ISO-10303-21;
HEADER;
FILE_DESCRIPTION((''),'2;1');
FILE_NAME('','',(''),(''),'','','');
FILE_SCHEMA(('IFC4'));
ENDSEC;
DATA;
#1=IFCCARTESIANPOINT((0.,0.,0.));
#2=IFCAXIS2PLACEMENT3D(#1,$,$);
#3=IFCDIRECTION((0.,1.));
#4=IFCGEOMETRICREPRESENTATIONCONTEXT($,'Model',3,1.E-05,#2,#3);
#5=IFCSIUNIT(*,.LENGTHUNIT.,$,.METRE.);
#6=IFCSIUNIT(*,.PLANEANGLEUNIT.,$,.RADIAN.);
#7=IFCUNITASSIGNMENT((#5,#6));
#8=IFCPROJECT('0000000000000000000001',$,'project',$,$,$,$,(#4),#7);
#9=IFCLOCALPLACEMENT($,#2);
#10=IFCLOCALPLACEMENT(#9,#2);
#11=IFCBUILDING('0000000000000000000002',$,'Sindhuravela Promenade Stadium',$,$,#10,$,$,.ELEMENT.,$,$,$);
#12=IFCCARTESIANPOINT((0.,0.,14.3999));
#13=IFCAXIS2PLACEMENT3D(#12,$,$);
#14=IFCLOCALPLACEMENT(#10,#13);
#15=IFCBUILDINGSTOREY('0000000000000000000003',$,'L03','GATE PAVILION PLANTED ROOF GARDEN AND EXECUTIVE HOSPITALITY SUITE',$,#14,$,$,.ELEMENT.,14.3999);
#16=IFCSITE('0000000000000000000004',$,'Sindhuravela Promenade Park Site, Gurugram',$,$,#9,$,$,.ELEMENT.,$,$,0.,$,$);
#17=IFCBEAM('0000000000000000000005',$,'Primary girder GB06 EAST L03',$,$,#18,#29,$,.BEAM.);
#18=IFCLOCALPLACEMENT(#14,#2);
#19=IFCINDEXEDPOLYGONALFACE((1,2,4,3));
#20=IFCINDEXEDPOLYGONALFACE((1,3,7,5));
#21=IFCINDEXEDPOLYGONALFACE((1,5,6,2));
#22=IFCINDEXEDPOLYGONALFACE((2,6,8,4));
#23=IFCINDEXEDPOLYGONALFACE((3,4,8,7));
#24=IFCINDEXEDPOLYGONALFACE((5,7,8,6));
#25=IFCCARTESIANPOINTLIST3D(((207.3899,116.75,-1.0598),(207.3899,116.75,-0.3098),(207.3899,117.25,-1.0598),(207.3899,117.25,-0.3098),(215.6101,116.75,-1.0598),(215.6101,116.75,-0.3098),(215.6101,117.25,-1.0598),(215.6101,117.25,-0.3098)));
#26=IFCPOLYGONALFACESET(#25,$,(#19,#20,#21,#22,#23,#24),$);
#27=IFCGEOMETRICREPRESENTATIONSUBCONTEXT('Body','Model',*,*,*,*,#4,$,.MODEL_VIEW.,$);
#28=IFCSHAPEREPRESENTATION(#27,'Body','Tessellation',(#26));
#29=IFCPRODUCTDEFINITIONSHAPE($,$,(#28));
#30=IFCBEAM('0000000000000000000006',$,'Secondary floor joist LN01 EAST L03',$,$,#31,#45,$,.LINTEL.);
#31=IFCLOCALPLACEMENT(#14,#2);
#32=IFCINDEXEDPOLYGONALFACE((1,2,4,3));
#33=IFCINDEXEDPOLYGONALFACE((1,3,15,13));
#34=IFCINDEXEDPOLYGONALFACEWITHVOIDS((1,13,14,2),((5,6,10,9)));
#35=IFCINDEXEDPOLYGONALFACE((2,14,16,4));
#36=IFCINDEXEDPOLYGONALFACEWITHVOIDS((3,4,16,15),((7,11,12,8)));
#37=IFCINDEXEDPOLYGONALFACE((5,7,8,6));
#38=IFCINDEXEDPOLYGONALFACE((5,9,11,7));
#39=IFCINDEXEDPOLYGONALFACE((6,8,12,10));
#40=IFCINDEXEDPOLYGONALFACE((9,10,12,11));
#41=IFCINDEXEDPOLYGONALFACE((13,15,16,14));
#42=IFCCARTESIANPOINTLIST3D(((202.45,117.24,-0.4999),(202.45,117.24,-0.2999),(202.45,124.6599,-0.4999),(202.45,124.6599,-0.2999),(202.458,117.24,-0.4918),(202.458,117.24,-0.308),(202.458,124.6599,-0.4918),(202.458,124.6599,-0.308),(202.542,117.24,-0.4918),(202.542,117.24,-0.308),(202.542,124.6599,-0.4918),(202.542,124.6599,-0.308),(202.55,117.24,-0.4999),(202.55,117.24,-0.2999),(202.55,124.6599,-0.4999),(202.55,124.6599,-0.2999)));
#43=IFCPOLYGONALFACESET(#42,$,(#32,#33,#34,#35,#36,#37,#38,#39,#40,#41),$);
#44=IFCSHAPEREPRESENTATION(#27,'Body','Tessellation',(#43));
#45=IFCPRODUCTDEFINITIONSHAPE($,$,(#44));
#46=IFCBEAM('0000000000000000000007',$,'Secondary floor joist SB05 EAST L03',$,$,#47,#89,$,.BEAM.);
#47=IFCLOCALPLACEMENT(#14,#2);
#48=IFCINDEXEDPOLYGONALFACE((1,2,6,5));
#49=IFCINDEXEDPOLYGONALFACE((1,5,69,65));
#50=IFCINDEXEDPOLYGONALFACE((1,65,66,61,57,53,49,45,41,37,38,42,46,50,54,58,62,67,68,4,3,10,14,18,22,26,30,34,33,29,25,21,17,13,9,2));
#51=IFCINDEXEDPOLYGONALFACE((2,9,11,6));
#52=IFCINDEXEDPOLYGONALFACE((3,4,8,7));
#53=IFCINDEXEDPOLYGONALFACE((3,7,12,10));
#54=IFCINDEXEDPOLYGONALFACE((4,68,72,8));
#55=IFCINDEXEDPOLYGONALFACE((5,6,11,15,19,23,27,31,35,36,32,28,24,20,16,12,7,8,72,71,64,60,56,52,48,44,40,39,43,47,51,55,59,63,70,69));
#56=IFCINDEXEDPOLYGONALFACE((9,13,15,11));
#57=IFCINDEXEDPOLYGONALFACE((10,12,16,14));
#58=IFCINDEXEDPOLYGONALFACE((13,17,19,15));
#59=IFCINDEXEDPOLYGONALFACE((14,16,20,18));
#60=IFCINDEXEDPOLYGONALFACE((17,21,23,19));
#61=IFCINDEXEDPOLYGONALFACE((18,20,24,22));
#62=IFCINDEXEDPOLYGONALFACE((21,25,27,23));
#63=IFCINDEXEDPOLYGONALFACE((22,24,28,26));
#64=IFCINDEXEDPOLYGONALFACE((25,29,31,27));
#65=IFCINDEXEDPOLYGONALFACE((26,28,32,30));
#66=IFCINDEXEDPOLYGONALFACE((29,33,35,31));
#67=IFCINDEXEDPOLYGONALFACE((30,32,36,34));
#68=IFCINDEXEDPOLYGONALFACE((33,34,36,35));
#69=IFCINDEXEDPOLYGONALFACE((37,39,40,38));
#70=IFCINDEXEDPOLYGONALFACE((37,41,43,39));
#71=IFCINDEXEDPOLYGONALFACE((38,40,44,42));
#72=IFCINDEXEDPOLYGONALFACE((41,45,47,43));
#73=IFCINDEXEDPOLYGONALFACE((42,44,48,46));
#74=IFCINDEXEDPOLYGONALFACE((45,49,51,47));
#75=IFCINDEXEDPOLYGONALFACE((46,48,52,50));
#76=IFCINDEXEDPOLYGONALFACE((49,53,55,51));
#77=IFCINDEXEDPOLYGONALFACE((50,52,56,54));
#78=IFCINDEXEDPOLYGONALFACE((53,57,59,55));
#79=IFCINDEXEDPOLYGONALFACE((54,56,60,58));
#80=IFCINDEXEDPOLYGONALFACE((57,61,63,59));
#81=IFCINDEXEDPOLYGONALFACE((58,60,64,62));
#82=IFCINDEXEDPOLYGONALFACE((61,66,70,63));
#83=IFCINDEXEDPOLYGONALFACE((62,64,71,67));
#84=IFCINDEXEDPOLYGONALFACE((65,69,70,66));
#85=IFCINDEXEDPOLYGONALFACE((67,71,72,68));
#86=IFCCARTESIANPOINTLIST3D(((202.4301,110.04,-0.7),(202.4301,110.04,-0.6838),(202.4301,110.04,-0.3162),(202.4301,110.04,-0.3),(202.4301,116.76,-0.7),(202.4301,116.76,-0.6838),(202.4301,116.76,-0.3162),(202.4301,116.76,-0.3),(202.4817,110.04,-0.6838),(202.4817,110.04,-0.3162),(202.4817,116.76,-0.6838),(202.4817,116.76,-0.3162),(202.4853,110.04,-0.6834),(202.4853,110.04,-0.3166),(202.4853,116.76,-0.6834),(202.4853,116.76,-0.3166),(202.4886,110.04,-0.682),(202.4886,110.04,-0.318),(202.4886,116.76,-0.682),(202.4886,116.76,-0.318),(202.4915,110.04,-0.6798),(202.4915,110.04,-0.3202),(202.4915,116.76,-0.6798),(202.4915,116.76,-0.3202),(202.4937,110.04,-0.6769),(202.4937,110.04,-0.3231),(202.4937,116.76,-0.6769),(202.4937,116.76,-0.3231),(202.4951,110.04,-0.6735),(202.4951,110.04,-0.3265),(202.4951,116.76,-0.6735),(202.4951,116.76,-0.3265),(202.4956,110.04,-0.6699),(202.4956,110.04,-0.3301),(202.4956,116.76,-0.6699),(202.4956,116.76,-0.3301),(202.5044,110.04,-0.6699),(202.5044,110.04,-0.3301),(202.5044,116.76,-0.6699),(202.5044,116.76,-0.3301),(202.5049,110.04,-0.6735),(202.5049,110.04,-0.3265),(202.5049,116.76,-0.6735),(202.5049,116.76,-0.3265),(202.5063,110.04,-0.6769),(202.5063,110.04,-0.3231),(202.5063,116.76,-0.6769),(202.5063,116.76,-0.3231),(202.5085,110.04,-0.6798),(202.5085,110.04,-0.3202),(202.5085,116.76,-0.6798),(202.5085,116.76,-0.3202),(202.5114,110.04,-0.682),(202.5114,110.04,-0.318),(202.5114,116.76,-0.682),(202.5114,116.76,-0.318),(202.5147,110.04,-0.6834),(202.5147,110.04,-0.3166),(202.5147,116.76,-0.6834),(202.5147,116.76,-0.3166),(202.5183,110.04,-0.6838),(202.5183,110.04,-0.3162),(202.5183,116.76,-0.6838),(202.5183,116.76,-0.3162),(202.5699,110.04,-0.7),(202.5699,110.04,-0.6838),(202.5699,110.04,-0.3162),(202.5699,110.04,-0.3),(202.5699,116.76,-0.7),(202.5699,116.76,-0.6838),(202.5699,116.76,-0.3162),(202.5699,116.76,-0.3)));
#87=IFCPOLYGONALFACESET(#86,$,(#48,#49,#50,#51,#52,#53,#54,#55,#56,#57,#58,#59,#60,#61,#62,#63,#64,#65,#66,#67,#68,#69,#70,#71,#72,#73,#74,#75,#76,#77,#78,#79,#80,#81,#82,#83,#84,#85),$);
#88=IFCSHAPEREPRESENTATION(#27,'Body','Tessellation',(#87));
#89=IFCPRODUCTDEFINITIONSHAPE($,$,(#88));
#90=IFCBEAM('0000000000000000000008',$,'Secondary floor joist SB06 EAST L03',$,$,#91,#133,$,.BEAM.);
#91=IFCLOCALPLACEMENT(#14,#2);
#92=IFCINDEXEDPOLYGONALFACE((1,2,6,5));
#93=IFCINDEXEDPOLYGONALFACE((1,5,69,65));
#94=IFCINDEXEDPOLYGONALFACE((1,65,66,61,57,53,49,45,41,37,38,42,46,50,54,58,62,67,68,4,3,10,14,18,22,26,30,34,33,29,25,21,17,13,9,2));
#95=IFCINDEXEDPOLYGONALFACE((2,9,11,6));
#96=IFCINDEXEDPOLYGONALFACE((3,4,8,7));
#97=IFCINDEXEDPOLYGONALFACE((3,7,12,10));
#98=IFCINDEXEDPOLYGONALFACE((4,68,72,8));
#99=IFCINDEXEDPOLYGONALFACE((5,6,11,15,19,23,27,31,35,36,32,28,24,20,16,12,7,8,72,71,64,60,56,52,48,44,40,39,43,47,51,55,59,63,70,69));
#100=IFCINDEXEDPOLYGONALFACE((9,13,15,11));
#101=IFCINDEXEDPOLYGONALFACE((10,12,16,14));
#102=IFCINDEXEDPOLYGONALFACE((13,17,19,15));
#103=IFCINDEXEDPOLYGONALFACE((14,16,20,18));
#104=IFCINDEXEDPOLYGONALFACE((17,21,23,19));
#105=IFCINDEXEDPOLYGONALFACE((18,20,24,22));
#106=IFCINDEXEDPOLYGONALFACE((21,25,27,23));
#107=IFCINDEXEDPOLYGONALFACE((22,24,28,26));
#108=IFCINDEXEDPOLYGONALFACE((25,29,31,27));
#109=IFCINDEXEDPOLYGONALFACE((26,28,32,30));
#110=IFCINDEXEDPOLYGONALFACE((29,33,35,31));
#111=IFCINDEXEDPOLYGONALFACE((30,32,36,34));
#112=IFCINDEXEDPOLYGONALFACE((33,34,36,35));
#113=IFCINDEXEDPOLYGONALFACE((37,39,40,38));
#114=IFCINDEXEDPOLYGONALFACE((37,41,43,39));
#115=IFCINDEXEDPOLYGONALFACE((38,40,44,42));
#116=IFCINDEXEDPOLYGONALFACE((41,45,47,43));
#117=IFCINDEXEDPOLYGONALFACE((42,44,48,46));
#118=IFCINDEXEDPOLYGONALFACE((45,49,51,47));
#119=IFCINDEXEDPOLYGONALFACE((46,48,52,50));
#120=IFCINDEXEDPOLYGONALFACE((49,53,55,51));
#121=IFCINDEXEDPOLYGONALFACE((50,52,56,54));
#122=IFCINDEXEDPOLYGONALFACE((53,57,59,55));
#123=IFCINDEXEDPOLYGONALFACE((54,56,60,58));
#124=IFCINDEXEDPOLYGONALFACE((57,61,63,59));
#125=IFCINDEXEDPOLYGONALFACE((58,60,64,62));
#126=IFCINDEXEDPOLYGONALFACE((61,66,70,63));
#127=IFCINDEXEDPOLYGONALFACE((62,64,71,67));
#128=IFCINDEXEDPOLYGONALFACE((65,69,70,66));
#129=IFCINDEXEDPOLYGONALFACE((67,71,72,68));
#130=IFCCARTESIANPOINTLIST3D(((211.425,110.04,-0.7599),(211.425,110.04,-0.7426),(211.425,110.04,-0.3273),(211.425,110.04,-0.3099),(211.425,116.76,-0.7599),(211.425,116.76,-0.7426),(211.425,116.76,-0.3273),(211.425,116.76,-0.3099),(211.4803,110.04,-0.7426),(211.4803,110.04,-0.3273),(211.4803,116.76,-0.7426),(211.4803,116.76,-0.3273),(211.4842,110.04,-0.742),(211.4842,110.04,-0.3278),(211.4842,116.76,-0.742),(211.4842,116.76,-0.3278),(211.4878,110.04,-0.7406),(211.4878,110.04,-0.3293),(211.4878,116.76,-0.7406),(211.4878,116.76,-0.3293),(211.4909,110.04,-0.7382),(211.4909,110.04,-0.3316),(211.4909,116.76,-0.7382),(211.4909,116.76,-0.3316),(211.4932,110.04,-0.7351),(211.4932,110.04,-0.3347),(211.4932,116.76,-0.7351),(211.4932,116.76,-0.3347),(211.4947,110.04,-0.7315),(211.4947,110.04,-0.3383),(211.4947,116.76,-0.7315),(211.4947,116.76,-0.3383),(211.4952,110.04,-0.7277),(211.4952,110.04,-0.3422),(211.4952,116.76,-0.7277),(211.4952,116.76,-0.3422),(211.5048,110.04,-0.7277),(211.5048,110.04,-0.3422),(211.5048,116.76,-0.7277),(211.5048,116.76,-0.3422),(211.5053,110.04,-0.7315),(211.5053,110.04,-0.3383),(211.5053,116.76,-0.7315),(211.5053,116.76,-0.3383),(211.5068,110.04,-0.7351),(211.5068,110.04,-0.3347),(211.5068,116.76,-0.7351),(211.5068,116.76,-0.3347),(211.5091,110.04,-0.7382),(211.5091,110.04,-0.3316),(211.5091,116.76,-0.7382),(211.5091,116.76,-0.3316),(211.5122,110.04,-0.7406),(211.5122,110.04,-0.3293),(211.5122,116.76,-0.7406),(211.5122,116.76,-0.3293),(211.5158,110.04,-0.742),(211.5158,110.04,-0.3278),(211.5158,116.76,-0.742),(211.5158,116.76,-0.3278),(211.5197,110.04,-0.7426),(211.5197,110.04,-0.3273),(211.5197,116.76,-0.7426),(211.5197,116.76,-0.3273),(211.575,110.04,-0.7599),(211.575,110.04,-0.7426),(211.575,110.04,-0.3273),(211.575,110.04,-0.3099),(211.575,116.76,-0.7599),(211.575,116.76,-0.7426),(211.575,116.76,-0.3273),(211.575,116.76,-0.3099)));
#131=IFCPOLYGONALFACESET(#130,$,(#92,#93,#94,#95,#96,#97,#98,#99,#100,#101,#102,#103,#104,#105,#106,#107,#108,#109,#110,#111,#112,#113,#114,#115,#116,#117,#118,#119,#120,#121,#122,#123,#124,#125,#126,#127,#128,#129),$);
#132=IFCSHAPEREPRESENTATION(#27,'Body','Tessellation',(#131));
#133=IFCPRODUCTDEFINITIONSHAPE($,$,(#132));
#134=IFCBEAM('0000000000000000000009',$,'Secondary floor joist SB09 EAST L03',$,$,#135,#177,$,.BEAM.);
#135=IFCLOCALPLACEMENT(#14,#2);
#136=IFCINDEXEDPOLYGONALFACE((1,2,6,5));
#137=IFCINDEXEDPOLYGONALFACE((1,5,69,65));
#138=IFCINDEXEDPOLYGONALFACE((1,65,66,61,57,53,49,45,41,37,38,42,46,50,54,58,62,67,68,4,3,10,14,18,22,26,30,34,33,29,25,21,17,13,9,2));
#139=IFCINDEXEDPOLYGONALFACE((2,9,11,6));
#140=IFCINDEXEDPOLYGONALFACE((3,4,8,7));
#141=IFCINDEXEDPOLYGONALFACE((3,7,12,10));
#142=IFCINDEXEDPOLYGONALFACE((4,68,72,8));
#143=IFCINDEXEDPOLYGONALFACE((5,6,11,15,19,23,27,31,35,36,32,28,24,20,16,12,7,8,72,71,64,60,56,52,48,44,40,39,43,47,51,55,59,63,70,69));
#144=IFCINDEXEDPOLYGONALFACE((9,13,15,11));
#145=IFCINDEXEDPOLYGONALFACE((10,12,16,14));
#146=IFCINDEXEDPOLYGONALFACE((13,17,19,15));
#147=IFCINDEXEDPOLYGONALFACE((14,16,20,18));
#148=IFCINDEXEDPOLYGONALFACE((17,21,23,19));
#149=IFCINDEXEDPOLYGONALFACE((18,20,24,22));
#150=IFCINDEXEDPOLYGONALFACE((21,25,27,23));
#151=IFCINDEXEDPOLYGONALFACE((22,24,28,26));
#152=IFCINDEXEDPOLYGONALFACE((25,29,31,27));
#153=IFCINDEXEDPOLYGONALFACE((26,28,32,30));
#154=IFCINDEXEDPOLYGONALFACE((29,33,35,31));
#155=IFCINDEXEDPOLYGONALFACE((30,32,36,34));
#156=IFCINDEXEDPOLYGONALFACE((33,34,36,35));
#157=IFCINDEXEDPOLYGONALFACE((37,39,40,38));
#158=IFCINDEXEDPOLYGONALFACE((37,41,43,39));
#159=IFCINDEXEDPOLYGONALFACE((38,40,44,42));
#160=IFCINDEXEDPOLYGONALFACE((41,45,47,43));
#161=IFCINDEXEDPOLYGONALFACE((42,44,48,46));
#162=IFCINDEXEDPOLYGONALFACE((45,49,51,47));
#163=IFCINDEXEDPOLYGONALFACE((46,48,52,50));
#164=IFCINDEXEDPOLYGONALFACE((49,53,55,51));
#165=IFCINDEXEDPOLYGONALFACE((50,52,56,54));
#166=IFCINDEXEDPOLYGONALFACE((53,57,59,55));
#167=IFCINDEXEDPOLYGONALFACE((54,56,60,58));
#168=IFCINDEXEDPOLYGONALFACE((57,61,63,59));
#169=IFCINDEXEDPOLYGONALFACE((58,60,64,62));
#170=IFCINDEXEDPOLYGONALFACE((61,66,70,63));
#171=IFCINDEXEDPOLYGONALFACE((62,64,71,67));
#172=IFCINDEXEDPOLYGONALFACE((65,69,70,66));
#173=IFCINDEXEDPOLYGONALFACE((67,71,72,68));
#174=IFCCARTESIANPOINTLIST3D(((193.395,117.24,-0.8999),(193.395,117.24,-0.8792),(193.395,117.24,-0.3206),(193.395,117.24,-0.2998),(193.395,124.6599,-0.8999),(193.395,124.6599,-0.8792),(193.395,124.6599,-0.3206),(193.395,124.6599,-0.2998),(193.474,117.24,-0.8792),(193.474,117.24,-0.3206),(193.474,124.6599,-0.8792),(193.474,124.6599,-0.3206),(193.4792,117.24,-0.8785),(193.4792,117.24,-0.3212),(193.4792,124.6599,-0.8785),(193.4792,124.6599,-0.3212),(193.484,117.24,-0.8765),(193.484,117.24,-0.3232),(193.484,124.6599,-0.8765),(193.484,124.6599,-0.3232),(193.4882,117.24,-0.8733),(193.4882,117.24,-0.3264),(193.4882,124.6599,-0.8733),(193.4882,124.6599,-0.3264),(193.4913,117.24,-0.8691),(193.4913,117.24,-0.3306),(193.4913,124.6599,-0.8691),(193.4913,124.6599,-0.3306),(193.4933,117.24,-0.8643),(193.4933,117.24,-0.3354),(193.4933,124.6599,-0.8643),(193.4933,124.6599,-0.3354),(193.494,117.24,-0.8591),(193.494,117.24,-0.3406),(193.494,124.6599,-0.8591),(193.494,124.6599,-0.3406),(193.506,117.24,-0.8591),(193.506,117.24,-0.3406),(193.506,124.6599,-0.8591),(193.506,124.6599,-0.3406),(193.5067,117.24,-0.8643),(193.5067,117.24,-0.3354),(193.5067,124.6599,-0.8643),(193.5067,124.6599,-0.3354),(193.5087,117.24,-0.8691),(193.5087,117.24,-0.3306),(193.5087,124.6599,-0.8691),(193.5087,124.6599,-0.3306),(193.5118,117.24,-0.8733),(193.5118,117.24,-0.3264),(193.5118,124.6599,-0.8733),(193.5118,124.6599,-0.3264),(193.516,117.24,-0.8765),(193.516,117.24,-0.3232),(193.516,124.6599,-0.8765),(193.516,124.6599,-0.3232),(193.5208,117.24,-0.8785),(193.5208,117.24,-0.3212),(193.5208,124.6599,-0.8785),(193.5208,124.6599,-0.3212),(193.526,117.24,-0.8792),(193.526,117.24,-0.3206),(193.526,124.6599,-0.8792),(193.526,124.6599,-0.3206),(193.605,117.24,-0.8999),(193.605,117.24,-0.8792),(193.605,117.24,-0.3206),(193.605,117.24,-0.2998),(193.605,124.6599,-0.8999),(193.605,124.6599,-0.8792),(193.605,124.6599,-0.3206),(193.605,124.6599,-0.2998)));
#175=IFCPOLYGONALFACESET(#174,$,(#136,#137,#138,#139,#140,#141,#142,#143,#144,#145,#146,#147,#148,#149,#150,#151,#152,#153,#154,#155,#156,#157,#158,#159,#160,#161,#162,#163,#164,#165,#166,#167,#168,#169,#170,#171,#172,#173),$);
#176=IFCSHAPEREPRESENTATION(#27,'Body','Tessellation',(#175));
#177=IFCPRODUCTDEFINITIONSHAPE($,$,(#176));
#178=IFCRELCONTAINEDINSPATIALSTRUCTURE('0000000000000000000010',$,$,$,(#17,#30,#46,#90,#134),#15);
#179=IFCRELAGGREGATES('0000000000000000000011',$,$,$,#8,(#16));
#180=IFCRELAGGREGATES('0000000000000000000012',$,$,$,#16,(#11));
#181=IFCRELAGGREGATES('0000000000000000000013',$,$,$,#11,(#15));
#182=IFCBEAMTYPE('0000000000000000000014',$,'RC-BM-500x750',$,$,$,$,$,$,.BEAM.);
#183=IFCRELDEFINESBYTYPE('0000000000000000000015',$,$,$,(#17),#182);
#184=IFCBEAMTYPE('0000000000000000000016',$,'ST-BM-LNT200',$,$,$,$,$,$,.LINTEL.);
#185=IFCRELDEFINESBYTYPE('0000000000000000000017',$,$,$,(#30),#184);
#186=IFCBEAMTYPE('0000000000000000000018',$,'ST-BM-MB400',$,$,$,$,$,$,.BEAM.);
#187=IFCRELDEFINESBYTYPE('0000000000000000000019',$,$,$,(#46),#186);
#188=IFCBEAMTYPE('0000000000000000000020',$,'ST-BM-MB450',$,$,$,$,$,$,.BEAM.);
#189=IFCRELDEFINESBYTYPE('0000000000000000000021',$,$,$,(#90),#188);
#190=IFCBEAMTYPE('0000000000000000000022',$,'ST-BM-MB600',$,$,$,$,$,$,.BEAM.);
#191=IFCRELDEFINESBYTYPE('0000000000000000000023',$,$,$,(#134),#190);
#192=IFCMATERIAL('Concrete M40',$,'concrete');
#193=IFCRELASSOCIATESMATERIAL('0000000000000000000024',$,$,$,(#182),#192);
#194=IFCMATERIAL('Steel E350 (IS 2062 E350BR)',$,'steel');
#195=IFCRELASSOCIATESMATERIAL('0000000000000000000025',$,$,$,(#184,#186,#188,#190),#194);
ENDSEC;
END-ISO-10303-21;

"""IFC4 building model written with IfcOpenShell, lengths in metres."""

from ifc_helpers import new_model, si_unit, direction, frame, origin, origin_2d, place, context, subcontext, project, spatial, rectangle, hollow_rectangle, i_section, extrude, material, material_profile, profile_set, type_object, element, save


model = new_model("IFC4")

# Units and contexts
model_context = context("Model", 3, precision=1e-05, world=origin(), true_north=direction((0.0, 1.0)))
body_context = subcontext(model_context, "Body", "Model", "MODEL_VIEW")
ifc_project = project(units=[si_unit("LENGTHUNIT", "METRE"), si_unit("PLANEANGLEUNIT", "RADIAN")], contexts=[model_context])

# Site, building, storey
site_placement = place(None, origin())
site = spatial("IfcSite", under=ifc_project, at=site_placement, Name="Sindhuravela Promenade Park Site, Gurugram", CompositionType="ELEMENT", RefElevation=0.0)
building_placement = place(site_placement, origin())
building = spatial("IfcBuilding", under=site, at=building_placement, Name="Sindhuravela Promenade Stadium", CompositionType="ELEMENT")
storey_placement = place(building_placement, frame((0.0, 0.0, 14.3999)))
storey = spatial("IfcBuildingStorey", under=building, at=storey_placement, Name="L03", Description="GATE PAVILION PLANTED ROOF GARDEN AND EXECUTIVE HOSPITALITY SUITE", CompositionType="ELEMENT", Elevation=14.3999)

# Shared definitions
ifc_material_1 = material(Name="Concrete M40", Category="concrete")

# Beams
ifc_material_profile_1 = material_profile(ifc_material_1, rectangle(XDim=0.5, YDim=0.75, at=origin_2d()), Name="RC 500x750")
ifc_profile_set_1 = profile_set([ifc_material_profile_1], Name="Concrete M40")
beam_type_1 = type_object("IfcBeamType", Name="RC-BM-500x750", PredefinedType="BEAM", material=ifc_profile_set_1)
beam_1_placement = place(storey_placement, frame((207.3899, 117.0, -0.6848), z_axis=(1.0, 0.0, 0.0), x_axis=(0.0, 1.0, 0.0)))
element("IfcBeam", 1, at=beam_1_placement, inside=storey, type_object=beam_type_1, Name="Primary girder GB06 EAST L03", PredefinedType="BEAM", context=body_context, shape_type="SweptSolid", body=[
    extrude(rectangle(XDim=0.5, YDim=0.75, at=origin_2d()), origin(), (0.0, 0.0, 1.0), 8.2202),
])
ifc_material_2 = material(Name="Steel E350 (IS 2062 E350BR)", Category="steel")
ifc_material_profile_2 = material_profile(ifc_material_2, hollow_rectangle(XDim=0.1001, YDim=0.2, WallThickness=0.0081, at=origin_2d()), Name="RHS 200x100x8")
ifc_profile_set_2 = profile_set([ifc_material_profile_2], Name="Steel E350 (IS 2062 E350BR)")
beam_type_2 = type_object("IfcBeamType", Name="ST-BM-LNT200", PredefinedType="LINTEL", material=ifc_profile_set_2)
beam_2_placement = place(storey_placement, frame((202.5, 117.24, -0.3999), z_axis=(0.0, 1.0, 0.0), x_axis=(-1.0, 0.0, 0.0)))
element("IfcBeam", 2, at=beam_2_placement, inside=storey, type_object=beam_type_2, Name="Secondary floor joist LN01 EAST L03", PredefinedType="LINTEL", context=body_context, shape_type="SweptSolid", body=[
    extrude(hollow_rectangle(XDim=0.1001, YDim=0.2, WallThickness=0.0081, at=origin_2d()), origin(), (0.0, 0.0, 1.0), 7.4199),
])
ifc_material_profile_3 = material_profile(ifc_material_2, i_section(OverallWidth=0.1399, OverallDepth=0.3999, WebThickness=0.0088, FlangeThickness=0.0161, FilletRadius=0.0139, at=origin_2d()), Name="ISMB 400")
ifc_profile_set_3 = profile_set([ifc_material_profile_3], Name="Steel E350 (IS 2062 E350BR)")
beam_type_3 = type_object("IfcBeamType", Name="ST-BM-MB400", PredefinedType="BEAM", material=ifc_profile_set_3)
beam_3_placement = place(storey_placement, frame((202.5, 110.04, -0.5), z_axis=(0.0, 1.0, 0.0), x_axis=(-1.0, 0.0, 0.0)))
element("IfcBeam", 3, at=beam_3_placement, inside=storey, type_object=beam_type_3, Name="Secondary floor joist SB05 EAST L03", PredefinedType="BEAM", context=body_context, shape_type="SweptSolid", body=[
    extrude(i_section(OverallWidth=0.1399, OverallDepth=0.3999, WebThickness=0.0088, FlangeThickness=0.0161, FilletRadius=0.0139, at=origin_2d()), origin(), (0.0, 0.0, 1.0), 6.72),
])
ifc_material_profile_4 = material_profile(ifc_material_2, i_section(OverallWidth=0.1499, OverallDepth=0.45, WebThickness=0.0095, FlangeThickness=0.0173, FilletRadius=0.0149, at=origin_2d()), Name="ISMB 450")
ifc_profile_set_4 = profile_set([ifc_material_profile_4], Name="Steel E350 (IS 2062 E350BR)")
beam_type_4 = type_object("IfcBeamType", Name="ST-BM-MB450", PredefinedType="BEAM", material=ifc_profile_set_4)
beam_4_placement = place(storey_placement, frame((211.5, 110.04, -0.5349), z_axis=(0.0, 1.0, 0.0), x_axis=(-1.0, 0.0, 0.0)))
element("IfcBeam", 4, at=beam_4_placement, inside=storey, type_object=beam_type_4, Name="Secondary floor joist SB06 EAST L03", PredefinedType="BEAM", context=body_context, shape_type="SweptSolid", body=[
    extrude(i_section(OverallWidth=0.1499, OverallDepth=0.45, WebThickness=0.0095, FlangeThickness=0.0173, FilletRadius=0.0149, at=origin_2d()), origin(), (0.0, 0.0, 1.0), 6.72),
])
ifc_material_profile_5 = material_profile(ifc_material_2, i_section(OverallWidth=0.21, OverallDepth=0.6001, WebThickness=0.012, FlangeThickness=0.0208, FilletRadius=0.02, at=origin_2d()), Name="ISMB 600")
ifc_profile_set_5 = profile_set([ifc_material_profile_5], Name="Steel E350 (IS 2062 E350BR)")
beam_type_5 = type_object("IfcBeamType", Name="ST-BM-MB600", PredefinedType="BEAM", material=ifc_profile_set_5)
beam_5_placement = place(storey_placement, frame((193.5, 117.24, -0.5999), z_axis=(0.0, 1.0, 0.0), x_axis=(-1.0, 0.0, 0.0)))
element("IfcBeam", 5, at=beam_5_placement, inside=storey, type_object=beam_type_5, Name="Secondary floor joist SB09 EAST L03", PredefinedType="BEAM", context=body_context, shape_type="SweptSolid", body=[
    extrude(i_section(OverallWidth=0.21, OverallDepth=0.6001, WebThickness=0.012, FlangeThickness=0.0208, FilletRadius=0.02, at=origin_2d()), origin(), (0.0, 0.0, 1.0), 7.4199),
])

save(model, "model.ifc")
